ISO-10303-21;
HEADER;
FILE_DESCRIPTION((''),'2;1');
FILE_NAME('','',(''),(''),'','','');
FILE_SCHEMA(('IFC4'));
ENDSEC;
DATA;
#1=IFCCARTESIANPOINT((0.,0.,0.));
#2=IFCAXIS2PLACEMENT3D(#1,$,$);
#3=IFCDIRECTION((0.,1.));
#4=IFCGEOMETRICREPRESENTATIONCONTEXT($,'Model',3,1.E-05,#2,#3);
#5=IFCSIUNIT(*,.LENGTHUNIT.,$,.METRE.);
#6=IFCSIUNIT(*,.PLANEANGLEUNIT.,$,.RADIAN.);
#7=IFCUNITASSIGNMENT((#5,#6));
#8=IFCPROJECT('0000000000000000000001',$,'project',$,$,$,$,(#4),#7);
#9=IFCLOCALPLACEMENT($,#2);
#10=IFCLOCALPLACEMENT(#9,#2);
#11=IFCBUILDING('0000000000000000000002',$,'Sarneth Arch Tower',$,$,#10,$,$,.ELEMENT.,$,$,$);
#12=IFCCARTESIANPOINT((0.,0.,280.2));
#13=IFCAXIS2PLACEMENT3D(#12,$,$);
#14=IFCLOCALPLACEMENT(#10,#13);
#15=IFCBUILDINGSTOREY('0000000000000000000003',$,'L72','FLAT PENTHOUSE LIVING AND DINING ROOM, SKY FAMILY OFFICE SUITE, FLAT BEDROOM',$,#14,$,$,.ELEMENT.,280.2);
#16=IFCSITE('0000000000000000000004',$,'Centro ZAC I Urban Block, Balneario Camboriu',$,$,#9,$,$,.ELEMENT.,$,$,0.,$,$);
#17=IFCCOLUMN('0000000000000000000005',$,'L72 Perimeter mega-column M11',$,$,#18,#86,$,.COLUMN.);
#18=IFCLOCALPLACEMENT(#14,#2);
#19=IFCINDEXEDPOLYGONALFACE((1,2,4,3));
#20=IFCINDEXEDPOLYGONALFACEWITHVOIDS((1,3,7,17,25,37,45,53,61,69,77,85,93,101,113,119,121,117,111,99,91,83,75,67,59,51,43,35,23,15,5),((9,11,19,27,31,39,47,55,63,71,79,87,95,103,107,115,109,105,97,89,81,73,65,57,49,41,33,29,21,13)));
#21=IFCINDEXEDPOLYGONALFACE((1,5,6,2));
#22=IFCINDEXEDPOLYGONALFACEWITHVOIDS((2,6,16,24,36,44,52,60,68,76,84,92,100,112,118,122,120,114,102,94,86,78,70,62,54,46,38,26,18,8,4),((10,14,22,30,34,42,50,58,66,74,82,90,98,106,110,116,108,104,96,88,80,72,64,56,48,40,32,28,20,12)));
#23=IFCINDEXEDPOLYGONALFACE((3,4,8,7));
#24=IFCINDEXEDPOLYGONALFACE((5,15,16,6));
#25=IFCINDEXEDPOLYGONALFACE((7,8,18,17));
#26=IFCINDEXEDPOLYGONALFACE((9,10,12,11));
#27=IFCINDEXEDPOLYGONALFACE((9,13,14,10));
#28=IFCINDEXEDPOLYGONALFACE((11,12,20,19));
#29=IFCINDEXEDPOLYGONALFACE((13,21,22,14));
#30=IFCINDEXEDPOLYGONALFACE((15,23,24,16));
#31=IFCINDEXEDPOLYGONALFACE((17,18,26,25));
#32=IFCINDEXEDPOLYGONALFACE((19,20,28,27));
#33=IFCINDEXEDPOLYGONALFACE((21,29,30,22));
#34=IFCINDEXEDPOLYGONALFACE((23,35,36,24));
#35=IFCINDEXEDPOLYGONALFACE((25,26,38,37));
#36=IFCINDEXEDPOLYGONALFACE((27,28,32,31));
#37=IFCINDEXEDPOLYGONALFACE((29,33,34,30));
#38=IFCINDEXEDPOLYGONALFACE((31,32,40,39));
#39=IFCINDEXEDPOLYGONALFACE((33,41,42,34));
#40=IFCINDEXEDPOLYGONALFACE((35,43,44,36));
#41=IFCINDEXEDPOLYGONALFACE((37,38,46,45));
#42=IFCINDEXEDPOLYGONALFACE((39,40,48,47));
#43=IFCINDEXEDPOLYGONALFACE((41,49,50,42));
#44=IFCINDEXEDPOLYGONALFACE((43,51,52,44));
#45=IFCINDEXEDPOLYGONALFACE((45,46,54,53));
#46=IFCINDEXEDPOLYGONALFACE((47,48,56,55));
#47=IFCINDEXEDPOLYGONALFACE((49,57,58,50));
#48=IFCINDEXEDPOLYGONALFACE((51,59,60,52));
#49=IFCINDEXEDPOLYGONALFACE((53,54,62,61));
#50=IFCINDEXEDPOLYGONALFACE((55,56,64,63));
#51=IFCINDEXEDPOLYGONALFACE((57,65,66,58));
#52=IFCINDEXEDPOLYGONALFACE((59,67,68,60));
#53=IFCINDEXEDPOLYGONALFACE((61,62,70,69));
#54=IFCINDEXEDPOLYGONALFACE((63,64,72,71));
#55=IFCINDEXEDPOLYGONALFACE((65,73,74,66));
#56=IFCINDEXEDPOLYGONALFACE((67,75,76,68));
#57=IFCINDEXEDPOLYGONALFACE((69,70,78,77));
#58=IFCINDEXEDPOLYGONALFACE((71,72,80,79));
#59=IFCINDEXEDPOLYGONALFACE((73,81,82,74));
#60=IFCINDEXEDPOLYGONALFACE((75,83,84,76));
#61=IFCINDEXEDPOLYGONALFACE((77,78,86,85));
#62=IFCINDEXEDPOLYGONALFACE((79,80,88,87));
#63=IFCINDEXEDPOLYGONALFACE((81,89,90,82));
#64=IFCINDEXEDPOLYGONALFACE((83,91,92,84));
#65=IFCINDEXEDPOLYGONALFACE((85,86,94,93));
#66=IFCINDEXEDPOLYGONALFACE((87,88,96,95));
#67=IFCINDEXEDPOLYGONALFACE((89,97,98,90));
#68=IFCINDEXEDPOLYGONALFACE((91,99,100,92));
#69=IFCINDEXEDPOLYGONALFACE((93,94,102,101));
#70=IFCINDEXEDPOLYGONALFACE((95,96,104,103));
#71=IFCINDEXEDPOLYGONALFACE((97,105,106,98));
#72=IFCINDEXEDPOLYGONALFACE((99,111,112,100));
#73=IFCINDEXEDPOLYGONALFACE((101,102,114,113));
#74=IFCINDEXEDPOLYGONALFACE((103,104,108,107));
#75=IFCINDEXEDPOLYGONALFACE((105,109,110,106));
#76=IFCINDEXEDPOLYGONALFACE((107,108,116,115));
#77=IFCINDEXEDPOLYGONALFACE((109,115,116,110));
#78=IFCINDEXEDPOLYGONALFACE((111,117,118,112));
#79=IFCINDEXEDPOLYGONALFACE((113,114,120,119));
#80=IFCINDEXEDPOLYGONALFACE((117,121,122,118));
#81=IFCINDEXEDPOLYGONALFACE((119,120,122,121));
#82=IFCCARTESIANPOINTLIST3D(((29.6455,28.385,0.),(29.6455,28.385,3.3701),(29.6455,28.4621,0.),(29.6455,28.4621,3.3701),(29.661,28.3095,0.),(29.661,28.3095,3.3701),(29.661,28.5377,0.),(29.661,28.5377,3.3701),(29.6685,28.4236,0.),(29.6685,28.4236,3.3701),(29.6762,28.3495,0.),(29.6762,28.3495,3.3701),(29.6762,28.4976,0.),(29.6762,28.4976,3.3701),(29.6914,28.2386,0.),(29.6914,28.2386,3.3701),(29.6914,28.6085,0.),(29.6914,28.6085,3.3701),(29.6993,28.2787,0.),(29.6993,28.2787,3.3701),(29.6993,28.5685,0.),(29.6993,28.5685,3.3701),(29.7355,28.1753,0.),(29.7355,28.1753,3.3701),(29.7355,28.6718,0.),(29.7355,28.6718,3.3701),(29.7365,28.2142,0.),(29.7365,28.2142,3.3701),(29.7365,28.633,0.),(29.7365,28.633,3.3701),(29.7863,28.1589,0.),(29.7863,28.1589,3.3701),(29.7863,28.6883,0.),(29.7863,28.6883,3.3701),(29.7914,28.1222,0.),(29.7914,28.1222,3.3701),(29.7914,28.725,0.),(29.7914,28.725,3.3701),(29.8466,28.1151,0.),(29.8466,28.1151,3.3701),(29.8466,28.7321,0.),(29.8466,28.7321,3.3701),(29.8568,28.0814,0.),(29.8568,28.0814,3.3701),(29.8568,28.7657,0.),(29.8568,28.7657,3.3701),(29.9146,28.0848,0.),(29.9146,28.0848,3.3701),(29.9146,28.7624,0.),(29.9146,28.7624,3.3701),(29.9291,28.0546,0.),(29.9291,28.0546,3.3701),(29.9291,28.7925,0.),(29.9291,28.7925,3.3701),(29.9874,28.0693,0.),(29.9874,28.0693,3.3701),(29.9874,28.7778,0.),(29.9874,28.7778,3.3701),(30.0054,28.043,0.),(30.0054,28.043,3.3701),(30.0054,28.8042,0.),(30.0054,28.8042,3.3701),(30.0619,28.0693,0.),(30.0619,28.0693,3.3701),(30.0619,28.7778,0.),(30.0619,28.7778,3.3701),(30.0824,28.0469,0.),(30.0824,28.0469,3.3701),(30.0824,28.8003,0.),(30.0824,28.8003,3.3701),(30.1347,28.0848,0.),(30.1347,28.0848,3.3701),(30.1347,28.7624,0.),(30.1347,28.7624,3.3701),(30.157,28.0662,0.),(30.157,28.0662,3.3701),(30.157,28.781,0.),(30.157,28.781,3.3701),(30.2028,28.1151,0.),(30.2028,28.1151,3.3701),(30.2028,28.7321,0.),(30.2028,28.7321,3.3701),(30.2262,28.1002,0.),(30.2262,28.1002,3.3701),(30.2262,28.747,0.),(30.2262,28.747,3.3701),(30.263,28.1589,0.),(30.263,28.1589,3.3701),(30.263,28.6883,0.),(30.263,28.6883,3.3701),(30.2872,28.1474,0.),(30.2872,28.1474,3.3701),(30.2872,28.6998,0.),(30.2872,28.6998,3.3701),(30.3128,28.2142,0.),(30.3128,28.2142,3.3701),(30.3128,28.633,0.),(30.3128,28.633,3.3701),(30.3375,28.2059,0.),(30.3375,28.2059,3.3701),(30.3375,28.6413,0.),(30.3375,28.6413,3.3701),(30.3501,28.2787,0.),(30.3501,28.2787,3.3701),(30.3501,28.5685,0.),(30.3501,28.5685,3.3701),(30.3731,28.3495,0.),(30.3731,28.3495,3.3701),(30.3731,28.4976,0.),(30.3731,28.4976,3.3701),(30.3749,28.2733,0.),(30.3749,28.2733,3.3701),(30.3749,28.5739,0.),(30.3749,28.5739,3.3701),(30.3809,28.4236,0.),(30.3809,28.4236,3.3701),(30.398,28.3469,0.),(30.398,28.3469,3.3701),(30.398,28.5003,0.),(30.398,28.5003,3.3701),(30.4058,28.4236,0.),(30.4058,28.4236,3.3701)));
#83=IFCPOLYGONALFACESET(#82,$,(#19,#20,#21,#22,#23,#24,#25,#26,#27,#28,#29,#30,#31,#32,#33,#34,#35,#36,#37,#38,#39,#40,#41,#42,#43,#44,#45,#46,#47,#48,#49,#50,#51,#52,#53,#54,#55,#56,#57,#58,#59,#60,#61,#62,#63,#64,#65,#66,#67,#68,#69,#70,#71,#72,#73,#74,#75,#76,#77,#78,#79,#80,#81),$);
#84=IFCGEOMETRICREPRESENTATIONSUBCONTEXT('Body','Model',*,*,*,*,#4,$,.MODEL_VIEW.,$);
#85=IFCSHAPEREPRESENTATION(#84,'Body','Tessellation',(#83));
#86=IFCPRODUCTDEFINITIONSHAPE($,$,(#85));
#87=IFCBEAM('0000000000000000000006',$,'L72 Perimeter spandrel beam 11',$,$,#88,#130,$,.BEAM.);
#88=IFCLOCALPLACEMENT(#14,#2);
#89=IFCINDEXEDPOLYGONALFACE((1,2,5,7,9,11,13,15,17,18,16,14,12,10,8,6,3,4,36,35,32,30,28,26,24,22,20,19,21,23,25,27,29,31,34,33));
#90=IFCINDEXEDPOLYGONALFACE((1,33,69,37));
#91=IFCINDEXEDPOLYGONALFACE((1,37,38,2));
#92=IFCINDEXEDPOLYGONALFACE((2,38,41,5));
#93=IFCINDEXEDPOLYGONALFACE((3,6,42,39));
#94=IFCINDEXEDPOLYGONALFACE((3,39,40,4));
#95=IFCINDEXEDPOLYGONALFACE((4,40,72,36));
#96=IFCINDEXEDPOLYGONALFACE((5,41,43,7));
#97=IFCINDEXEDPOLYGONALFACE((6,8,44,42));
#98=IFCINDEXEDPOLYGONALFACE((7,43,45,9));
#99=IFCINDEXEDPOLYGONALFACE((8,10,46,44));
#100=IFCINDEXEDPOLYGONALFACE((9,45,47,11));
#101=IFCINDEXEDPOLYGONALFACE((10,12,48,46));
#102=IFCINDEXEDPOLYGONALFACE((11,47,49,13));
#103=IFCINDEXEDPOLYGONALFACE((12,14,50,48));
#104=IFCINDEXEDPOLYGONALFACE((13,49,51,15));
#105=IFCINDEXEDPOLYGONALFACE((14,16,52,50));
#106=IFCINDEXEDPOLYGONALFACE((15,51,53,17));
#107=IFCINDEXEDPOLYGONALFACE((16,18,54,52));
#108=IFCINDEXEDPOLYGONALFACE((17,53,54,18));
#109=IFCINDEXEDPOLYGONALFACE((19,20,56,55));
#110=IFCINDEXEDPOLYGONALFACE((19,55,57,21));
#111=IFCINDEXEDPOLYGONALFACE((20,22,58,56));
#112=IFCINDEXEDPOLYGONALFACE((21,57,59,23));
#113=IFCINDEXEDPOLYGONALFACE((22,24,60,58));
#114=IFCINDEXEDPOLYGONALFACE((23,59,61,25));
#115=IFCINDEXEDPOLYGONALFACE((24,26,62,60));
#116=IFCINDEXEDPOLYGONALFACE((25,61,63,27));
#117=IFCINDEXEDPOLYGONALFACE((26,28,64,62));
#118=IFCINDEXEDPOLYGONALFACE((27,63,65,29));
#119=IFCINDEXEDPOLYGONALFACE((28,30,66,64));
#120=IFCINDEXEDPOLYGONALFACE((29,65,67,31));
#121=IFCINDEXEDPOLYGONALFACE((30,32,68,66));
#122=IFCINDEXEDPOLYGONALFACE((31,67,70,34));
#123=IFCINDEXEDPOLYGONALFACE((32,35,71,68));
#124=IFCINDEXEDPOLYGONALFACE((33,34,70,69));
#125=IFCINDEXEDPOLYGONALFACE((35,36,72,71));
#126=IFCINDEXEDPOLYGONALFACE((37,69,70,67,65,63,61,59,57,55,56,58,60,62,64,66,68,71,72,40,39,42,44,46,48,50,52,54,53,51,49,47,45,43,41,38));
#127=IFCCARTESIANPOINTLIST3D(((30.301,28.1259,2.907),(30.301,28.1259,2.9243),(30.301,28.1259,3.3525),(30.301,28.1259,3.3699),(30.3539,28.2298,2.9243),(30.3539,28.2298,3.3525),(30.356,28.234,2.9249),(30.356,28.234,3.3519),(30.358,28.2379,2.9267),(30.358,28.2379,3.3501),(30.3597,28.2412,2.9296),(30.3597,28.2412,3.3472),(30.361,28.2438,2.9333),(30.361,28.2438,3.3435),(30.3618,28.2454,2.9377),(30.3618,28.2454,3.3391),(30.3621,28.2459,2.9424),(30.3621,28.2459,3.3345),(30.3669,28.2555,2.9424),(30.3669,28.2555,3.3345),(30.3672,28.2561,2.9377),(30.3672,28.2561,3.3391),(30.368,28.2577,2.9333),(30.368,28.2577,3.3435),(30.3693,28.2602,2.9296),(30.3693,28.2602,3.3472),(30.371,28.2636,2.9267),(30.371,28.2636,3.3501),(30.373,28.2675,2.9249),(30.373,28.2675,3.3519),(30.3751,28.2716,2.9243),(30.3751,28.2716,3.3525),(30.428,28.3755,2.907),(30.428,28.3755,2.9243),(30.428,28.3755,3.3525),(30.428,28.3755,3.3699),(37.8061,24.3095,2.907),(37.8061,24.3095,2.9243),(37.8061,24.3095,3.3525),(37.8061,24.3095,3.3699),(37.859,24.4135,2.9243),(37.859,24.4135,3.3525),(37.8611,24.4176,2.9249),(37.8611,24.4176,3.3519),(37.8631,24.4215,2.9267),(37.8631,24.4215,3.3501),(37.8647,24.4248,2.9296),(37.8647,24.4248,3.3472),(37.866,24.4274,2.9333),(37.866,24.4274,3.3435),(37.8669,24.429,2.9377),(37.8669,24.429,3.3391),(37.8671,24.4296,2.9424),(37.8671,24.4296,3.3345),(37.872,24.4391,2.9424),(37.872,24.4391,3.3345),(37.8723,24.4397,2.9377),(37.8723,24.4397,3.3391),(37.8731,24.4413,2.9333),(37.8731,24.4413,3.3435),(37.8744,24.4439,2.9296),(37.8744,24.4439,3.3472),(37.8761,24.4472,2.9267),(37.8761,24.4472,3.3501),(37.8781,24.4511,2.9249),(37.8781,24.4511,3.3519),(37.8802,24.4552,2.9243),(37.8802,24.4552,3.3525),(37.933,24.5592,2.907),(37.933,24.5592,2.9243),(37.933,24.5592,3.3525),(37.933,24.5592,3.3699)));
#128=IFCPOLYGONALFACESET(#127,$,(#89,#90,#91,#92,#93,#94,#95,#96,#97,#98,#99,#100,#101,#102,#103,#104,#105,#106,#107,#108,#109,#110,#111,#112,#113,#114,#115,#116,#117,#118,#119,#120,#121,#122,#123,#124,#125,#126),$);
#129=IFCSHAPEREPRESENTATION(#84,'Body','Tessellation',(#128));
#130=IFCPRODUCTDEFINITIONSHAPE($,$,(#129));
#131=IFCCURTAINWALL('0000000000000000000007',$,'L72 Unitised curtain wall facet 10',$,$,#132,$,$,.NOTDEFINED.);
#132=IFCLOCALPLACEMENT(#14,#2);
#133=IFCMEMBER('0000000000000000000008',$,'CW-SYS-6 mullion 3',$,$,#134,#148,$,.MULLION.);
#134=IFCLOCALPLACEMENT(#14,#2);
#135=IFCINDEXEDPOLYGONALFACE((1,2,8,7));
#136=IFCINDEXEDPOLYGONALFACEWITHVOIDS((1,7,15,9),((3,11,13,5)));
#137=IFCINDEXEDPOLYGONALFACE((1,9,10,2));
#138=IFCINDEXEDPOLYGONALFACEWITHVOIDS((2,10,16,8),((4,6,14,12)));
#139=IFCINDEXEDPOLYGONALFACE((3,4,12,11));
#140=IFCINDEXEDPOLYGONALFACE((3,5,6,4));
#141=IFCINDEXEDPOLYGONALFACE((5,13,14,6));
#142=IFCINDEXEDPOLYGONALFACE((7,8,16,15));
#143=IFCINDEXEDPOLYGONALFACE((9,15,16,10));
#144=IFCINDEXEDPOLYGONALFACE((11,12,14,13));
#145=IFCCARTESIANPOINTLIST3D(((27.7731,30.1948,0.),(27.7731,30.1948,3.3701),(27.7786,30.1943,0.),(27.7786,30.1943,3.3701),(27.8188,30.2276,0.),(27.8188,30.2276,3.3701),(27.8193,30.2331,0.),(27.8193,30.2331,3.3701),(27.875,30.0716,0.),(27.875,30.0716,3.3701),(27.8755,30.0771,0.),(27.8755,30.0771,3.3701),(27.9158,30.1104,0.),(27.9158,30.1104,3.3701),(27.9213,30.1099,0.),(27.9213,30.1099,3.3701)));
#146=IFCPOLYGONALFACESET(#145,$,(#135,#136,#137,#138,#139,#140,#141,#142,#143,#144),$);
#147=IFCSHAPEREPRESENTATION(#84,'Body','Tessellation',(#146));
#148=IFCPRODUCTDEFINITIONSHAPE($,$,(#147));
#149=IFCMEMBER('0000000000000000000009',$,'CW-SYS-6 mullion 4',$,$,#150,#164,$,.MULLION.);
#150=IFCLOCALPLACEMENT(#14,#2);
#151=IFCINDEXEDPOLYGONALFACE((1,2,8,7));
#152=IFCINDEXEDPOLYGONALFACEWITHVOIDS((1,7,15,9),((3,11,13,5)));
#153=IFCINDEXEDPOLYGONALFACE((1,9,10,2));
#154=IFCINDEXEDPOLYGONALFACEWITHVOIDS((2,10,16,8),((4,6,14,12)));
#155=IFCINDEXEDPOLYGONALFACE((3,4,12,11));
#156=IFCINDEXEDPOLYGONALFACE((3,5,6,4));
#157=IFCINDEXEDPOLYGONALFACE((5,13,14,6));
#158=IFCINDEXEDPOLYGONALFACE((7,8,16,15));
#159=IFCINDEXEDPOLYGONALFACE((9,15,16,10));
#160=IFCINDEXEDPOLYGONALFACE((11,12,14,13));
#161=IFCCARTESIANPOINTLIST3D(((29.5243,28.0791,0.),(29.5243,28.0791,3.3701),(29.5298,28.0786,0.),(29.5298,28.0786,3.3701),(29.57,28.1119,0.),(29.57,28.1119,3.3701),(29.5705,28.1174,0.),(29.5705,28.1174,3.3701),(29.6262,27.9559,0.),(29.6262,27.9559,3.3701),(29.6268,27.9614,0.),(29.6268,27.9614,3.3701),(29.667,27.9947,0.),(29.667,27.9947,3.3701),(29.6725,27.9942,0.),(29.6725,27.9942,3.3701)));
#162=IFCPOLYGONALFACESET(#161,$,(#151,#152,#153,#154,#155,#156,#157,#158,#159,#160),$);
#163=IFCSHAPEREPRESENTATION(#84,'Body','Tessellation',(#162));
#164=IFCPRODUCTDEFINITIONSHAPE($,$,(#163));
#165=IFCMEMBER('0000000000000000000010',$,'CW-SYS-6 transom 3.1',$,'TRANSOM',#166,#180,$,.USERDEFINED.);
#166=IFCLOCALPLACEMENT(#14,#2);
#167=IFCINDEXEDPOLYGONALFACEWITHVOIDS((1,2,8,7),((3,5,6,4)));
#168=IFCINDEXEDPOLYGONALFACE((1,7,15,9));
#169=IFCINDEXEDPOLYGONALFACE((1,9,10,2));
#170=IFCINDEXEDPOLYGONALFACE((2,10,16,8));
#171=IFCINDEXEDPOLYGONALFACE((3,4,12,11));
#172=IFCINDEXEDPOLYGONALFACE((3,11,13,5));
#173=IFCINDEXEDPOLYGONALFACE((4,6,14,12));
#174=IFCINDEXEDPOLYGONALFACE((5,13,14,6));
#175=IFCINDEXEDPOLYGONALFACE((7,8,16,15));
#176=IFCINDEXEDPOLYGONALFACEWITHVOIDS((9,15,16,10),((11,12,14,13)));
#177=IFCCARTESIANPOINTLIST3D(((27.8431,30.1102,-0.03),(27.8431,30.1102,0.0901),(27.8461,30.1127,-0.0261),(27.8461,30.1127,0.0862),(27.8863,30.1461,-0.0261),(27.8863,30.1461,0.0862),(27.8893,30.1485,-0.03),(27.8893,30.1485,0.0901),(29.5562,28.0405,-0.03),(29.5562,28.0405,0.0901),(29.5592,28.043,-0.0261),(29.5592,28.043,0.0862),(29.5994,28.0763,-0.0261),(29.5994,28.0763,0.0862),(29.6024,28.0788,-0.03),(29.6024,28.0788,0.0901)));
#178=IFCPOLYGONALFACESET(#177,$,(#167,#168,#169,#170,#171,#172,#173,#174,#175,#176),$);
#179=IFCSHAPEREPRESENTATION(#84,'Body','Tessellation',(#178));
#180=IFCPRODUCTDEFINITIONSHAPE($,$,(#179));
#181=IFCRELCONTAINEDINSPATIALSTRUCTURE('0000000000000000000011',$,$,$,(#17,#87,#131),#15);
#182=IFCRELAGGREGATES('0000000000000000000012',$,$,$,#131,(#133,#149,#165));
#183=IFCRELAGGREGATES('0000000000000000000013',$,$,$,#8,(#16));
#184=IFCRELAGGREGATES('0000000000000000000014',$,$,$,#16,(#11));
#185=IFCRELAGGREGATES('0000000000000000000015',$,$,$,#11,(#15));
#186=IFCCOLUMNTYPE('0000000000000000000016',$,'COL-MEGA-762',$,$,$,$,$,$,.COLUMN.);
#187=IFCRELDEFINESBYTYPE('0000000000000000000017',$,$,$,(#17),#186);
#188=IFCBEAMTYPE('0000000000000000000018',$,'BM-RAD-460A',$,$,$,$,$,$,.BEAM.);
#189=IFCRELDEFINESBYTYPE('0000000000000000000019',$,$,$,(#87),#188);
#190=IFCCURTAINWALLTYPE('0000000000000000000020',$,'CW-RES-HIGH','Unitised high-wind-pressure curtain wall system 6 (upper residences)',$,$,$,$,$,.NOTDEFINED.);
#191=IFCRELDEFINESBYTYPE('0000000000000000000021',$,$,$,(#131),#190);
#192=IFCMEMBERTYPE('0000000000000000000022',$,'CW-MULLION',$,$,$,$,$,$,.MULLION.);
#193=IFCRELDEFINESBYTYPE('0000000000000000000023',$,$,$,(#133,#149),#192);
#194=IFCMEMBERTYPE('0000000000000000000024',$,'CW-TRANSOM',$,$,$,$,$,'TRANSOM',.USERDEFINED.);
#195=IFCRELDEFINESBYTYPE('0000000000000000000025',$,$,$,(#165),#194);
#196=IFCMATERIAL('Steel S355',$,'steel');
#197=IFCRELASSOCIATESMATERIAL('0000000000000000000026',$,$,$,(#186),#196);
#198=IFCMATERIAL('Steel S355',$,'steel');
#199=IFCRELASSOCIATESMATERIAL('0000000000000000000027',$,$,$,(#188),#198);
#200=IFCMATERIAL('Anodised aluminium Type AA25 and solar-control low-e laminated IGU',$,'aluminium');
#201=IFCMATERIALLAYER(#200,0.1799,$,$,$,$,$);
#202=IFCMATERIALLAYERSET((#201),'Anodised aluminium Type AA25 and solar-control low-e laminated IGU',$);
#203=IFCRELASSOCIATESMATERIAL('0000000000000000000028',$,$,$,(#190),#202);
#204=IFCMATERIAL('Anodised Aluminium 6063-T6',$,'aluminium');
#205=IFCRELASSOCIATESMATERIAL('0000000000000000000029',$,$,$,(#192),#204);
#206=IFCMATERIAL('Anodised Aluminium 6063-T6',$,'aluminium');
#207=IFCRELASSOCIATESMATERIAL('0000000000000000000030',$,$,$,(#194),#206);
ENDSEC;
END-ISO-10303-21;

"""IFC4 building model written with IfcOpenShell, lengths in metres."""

from ifc_helpers import new_model, si_unit, direction, frame, origin, origin_2d, place, context, subcontext, project, spatial, hollow_rectangle, hollow_circle, i_section, extrude, material, layer, layer_set, material_profile, profile_set, type_object, element, aggregate, save


model = new_model("IFC4")

# Units and contexts
model_context = context("Model", 3, precision=1e-05, world=origin(), true_north=direction((0.0, 1.0)))
body_context = subcontext(model_context, "Body", "Model", "MODEL_VIEW")
ifc_project = project(units=[si_unit("LENGTHUNIT", "METRE"), si_unit("PLANEANGLEUNIT", "RADIAN")], contexts=[model_context])

# Site, building, storey
site_placement = place(None, origin())
site = spatial("IfcSite", under=ifc_project, at=site_placement, Name="Centro ZAC I Urban Block, Balneario Camboriu", CompositionType="ELEMENT", RefElevation=0.0)
building_placement = place(site_placement, origin())
building = spatial("IfcBuilding", under=site, at=building_placement, Name="Sarneth Arch Tower", CompositionType="ELEMENT")
storey_placement = place(building_placement, frame((0.0, 0.0, 280.2)))
storey = spatial("IfcBuildingStorey", under=building, at=storey_placement, Name="L72", Description="FLAT PENTHOUSE LIVING AND DINING ROOM, SKY FAMILY OFFICE SUITE, FLAT BEDROOM", CompositionType="ELEMENT", Elevation=280.2)

# Column
ifc_material_1 = material(Name="Steel S355", Category="steel")
ifc_material_profile_1 = material_profile(ifc_material_1, hollow_circle(Radius=0.3811, WallThickness=0.0249, at=origin_2d()), Name="CHS762x25")
ifc_profile_set_1 = profile_set([ifc_material_profile_1], Name="Steel S355")
column_type = type_object("IfcColumnType", Name="COL-MEGA-762", PredefinedType="COLUMN", material=ifc_profile_set_1)
column_placement = place(storey_placement, frame((30.0247, 28.4236, 0.0), z_axis=(0.0, 0.0, 1.0), x_axis=(1.0, 0.0, 0.0)))
element("IfcColumn", 1, at=column_placement, inside=storey, type_object=column_type, Name="L72 Perimeter mega-column M11", PredefinedType="COLUMN", context=body_context, shape_type="SweptSolid", body=[
    extrude(hollow_circle(Radius=0.3811, WallThickness=0.0249, at=origin_2d()), origin(), (0.0, 0.0, 1.0), 3.3701),
])

# Beam
ifc_material_2 = material(Name="Steel S355", Category="steel")
ifc_material_profile_2 = material_profile(ifc_material_2, i_section(OverallWidth=0.28, OverallDepth=0.4629, WebThickness=0.0107, FlangeThickness=0.0173, FilletRadius=0.0181, at=origin_2d()), Name="W460x113")
ifc_profile_set_2 = profile_set([ifc_material_profile_2], Name="Steel S355")
beam_type = type_object("IfcBeamType", Name="BM-RAD-460A", PredefinedType="BEAM", material=ifc_profile_set_2)
beam_placement = place(storey_placement, frame((30.3645, 28.2507, 3.1384), z_axis=(0.891374, -0.453269, 0.0), x_axis=(0.453269, 0.891374, 0.0)))
element("IfcBeam", 2, at=beam_placement, inside=storey, type_object=beam_type, Name="L72 Perimeter spandrel beam 11", PredefinedType="BEAM", context=body_context, shape_type="SweptSolid", body=[
    extrude(i_section(OverallWidth=0.28, OverallDepth=0.4629, WebThickness=0.0107, FlangeThickness=0.0173, FilletRadius=0.0181, at=origin_2d()), origin(), (0.0, 0.0, 1.0), 8.4197),
])

# Curtain wall, members
ifc_material_3 = material(Name="Anodised aluminium Type AA25 and solar-control low-e laminated IGU", Category="aluminium")
ifc_layer_1 = layer(ifc_material_3, 0.1799)
ifc_layer_set_1 = layer_set([ifc_layer_1], Name="Anodised aluminium Type AA25 and solar-control low-e laminated IGU")
curtain_wall_type = type_object("IfcCurtainWallType", Name="CW-RES-HIGH", Description="Unitised high-wind-pressure curtain wall system 6 (upper residences)", PredefinedType="NOTDEFINED", material=ifc_layer_set_1)
curtain_wall_placement = place(storey_placement, origin())
curtain_wall = element("IfcCurtainWall", 3, at=curtain_wall_placement, inside=storey, type_object=curtain_wall_type, Name="L72 Unitised curtain wall facet 10", PredefinedType="NOTDEFINED")
ifc_material_4 = material(Name="Anodised Aluminium 6063-T6", Category="aluminium")
ifc_material_profile_3 = material_profile(ifc_material_4, hollow_rectangle(XDim=0.0601, YDim=0.1599, WallThickness=0.0039, at=origin_2d()), Name="AL-MULL-160x60x4")
ifc_profile_set_3 = profile_set([ifc_material_profile_3], Name="Anodised Aluminium 6063-T6")
member_type_1 = type_object("IfcMemberType", Name="CW-MULLION", PredefinedType="MULLION", material=ifc_profile_set_3)
member_1_placement = place(storey_placement, frame((27.8472, 30.1523, 0.0), z_axis=(0.0, 0.0, 1.0), x_axis=(0.770359, 0.63761, 0.0)))
member_1 = element("IfcMember", 4, at=member_1_placement, type_object=member_type_1, Name="CW-SYS-6 mullion 3", PredefinedType="MULLION", context=body_context, shape_type="SweptSolid", body=[
    extrude(hollow_rectangle(XDim=0.0601, YDim=0.1599, WallThickness=0.0039, at=origin_2d()), origin(), (0.0, 0.0, 1.0), 3.3701),
])
member_2_placement = place(storey_placement, frame((29.5984, 28.0366, 0.0), z_axis=(0.0, 0.0, 1.0), x_axis=(0.770359, 0.63761, 0.0)))
member_2 = element("IfcMember", 5, at=member_2_placement, type_object=member_type_1, Name="CW-SYS-6 mullion 4", PredefinedType="MULLION", context=body_context, shape_type="SweptSolid", body=[
    extrude(hollow_rectangle(XDim=0.0601, YDim=0.1599, WallThickness=0.0039, at=origin_2d()), origin(), (0.0, 0.0, 1.0), 3.3701),
])
ifc_material_5 = material(Name="Anodised Aluminium 6063-T6", Category="aluminium")
ifc_material_profile_4 = material_profile(ifc_material_5, hollow_rectangle(XDim=0.0601, YDim=0.1201, WallThickness=0.0039, at=origin_2d()), Name="AL-TRAN-120x60x4")
ifc_profile_set_4 = profile_set([ifc_material_profile_4], Name="Anodised Aluminium 6063-T6")
member_type_2 = type_object("IfcMemberType", Name="CW-TRANSOM", ElementType="TRANSOM", PredefinedType="USERDEFINED", material=ifc_profile_set_4)
member_3_placement = place(storey_placement, frame((27.8662, 30.1294, 0.03), z_axis=(0.637607, -0.770362, 0.0), x_axis=(0.770362, 0.637607, 0.0)))
member_3 = element("IfcMember", 6, at=member_3_placement, type_object=member_type_2, Name="CW-SYS-6 transom 3.1", ObjectType="TRANSOM", PredefinedType="USERDEFINED", context=body_context, shape_type="SweptSolid", body=[
    extrude(hollow_rectangle(XDim=0.0601, YDim=0.1201, WallThickness=0.0039, at=origin_2d()), origin(), (0.0, 0.0, 1.0), 2.6868),
])

aggregate(curtain_wall, [member_1, member_2, member_3])

save(model, "model.ifc")
